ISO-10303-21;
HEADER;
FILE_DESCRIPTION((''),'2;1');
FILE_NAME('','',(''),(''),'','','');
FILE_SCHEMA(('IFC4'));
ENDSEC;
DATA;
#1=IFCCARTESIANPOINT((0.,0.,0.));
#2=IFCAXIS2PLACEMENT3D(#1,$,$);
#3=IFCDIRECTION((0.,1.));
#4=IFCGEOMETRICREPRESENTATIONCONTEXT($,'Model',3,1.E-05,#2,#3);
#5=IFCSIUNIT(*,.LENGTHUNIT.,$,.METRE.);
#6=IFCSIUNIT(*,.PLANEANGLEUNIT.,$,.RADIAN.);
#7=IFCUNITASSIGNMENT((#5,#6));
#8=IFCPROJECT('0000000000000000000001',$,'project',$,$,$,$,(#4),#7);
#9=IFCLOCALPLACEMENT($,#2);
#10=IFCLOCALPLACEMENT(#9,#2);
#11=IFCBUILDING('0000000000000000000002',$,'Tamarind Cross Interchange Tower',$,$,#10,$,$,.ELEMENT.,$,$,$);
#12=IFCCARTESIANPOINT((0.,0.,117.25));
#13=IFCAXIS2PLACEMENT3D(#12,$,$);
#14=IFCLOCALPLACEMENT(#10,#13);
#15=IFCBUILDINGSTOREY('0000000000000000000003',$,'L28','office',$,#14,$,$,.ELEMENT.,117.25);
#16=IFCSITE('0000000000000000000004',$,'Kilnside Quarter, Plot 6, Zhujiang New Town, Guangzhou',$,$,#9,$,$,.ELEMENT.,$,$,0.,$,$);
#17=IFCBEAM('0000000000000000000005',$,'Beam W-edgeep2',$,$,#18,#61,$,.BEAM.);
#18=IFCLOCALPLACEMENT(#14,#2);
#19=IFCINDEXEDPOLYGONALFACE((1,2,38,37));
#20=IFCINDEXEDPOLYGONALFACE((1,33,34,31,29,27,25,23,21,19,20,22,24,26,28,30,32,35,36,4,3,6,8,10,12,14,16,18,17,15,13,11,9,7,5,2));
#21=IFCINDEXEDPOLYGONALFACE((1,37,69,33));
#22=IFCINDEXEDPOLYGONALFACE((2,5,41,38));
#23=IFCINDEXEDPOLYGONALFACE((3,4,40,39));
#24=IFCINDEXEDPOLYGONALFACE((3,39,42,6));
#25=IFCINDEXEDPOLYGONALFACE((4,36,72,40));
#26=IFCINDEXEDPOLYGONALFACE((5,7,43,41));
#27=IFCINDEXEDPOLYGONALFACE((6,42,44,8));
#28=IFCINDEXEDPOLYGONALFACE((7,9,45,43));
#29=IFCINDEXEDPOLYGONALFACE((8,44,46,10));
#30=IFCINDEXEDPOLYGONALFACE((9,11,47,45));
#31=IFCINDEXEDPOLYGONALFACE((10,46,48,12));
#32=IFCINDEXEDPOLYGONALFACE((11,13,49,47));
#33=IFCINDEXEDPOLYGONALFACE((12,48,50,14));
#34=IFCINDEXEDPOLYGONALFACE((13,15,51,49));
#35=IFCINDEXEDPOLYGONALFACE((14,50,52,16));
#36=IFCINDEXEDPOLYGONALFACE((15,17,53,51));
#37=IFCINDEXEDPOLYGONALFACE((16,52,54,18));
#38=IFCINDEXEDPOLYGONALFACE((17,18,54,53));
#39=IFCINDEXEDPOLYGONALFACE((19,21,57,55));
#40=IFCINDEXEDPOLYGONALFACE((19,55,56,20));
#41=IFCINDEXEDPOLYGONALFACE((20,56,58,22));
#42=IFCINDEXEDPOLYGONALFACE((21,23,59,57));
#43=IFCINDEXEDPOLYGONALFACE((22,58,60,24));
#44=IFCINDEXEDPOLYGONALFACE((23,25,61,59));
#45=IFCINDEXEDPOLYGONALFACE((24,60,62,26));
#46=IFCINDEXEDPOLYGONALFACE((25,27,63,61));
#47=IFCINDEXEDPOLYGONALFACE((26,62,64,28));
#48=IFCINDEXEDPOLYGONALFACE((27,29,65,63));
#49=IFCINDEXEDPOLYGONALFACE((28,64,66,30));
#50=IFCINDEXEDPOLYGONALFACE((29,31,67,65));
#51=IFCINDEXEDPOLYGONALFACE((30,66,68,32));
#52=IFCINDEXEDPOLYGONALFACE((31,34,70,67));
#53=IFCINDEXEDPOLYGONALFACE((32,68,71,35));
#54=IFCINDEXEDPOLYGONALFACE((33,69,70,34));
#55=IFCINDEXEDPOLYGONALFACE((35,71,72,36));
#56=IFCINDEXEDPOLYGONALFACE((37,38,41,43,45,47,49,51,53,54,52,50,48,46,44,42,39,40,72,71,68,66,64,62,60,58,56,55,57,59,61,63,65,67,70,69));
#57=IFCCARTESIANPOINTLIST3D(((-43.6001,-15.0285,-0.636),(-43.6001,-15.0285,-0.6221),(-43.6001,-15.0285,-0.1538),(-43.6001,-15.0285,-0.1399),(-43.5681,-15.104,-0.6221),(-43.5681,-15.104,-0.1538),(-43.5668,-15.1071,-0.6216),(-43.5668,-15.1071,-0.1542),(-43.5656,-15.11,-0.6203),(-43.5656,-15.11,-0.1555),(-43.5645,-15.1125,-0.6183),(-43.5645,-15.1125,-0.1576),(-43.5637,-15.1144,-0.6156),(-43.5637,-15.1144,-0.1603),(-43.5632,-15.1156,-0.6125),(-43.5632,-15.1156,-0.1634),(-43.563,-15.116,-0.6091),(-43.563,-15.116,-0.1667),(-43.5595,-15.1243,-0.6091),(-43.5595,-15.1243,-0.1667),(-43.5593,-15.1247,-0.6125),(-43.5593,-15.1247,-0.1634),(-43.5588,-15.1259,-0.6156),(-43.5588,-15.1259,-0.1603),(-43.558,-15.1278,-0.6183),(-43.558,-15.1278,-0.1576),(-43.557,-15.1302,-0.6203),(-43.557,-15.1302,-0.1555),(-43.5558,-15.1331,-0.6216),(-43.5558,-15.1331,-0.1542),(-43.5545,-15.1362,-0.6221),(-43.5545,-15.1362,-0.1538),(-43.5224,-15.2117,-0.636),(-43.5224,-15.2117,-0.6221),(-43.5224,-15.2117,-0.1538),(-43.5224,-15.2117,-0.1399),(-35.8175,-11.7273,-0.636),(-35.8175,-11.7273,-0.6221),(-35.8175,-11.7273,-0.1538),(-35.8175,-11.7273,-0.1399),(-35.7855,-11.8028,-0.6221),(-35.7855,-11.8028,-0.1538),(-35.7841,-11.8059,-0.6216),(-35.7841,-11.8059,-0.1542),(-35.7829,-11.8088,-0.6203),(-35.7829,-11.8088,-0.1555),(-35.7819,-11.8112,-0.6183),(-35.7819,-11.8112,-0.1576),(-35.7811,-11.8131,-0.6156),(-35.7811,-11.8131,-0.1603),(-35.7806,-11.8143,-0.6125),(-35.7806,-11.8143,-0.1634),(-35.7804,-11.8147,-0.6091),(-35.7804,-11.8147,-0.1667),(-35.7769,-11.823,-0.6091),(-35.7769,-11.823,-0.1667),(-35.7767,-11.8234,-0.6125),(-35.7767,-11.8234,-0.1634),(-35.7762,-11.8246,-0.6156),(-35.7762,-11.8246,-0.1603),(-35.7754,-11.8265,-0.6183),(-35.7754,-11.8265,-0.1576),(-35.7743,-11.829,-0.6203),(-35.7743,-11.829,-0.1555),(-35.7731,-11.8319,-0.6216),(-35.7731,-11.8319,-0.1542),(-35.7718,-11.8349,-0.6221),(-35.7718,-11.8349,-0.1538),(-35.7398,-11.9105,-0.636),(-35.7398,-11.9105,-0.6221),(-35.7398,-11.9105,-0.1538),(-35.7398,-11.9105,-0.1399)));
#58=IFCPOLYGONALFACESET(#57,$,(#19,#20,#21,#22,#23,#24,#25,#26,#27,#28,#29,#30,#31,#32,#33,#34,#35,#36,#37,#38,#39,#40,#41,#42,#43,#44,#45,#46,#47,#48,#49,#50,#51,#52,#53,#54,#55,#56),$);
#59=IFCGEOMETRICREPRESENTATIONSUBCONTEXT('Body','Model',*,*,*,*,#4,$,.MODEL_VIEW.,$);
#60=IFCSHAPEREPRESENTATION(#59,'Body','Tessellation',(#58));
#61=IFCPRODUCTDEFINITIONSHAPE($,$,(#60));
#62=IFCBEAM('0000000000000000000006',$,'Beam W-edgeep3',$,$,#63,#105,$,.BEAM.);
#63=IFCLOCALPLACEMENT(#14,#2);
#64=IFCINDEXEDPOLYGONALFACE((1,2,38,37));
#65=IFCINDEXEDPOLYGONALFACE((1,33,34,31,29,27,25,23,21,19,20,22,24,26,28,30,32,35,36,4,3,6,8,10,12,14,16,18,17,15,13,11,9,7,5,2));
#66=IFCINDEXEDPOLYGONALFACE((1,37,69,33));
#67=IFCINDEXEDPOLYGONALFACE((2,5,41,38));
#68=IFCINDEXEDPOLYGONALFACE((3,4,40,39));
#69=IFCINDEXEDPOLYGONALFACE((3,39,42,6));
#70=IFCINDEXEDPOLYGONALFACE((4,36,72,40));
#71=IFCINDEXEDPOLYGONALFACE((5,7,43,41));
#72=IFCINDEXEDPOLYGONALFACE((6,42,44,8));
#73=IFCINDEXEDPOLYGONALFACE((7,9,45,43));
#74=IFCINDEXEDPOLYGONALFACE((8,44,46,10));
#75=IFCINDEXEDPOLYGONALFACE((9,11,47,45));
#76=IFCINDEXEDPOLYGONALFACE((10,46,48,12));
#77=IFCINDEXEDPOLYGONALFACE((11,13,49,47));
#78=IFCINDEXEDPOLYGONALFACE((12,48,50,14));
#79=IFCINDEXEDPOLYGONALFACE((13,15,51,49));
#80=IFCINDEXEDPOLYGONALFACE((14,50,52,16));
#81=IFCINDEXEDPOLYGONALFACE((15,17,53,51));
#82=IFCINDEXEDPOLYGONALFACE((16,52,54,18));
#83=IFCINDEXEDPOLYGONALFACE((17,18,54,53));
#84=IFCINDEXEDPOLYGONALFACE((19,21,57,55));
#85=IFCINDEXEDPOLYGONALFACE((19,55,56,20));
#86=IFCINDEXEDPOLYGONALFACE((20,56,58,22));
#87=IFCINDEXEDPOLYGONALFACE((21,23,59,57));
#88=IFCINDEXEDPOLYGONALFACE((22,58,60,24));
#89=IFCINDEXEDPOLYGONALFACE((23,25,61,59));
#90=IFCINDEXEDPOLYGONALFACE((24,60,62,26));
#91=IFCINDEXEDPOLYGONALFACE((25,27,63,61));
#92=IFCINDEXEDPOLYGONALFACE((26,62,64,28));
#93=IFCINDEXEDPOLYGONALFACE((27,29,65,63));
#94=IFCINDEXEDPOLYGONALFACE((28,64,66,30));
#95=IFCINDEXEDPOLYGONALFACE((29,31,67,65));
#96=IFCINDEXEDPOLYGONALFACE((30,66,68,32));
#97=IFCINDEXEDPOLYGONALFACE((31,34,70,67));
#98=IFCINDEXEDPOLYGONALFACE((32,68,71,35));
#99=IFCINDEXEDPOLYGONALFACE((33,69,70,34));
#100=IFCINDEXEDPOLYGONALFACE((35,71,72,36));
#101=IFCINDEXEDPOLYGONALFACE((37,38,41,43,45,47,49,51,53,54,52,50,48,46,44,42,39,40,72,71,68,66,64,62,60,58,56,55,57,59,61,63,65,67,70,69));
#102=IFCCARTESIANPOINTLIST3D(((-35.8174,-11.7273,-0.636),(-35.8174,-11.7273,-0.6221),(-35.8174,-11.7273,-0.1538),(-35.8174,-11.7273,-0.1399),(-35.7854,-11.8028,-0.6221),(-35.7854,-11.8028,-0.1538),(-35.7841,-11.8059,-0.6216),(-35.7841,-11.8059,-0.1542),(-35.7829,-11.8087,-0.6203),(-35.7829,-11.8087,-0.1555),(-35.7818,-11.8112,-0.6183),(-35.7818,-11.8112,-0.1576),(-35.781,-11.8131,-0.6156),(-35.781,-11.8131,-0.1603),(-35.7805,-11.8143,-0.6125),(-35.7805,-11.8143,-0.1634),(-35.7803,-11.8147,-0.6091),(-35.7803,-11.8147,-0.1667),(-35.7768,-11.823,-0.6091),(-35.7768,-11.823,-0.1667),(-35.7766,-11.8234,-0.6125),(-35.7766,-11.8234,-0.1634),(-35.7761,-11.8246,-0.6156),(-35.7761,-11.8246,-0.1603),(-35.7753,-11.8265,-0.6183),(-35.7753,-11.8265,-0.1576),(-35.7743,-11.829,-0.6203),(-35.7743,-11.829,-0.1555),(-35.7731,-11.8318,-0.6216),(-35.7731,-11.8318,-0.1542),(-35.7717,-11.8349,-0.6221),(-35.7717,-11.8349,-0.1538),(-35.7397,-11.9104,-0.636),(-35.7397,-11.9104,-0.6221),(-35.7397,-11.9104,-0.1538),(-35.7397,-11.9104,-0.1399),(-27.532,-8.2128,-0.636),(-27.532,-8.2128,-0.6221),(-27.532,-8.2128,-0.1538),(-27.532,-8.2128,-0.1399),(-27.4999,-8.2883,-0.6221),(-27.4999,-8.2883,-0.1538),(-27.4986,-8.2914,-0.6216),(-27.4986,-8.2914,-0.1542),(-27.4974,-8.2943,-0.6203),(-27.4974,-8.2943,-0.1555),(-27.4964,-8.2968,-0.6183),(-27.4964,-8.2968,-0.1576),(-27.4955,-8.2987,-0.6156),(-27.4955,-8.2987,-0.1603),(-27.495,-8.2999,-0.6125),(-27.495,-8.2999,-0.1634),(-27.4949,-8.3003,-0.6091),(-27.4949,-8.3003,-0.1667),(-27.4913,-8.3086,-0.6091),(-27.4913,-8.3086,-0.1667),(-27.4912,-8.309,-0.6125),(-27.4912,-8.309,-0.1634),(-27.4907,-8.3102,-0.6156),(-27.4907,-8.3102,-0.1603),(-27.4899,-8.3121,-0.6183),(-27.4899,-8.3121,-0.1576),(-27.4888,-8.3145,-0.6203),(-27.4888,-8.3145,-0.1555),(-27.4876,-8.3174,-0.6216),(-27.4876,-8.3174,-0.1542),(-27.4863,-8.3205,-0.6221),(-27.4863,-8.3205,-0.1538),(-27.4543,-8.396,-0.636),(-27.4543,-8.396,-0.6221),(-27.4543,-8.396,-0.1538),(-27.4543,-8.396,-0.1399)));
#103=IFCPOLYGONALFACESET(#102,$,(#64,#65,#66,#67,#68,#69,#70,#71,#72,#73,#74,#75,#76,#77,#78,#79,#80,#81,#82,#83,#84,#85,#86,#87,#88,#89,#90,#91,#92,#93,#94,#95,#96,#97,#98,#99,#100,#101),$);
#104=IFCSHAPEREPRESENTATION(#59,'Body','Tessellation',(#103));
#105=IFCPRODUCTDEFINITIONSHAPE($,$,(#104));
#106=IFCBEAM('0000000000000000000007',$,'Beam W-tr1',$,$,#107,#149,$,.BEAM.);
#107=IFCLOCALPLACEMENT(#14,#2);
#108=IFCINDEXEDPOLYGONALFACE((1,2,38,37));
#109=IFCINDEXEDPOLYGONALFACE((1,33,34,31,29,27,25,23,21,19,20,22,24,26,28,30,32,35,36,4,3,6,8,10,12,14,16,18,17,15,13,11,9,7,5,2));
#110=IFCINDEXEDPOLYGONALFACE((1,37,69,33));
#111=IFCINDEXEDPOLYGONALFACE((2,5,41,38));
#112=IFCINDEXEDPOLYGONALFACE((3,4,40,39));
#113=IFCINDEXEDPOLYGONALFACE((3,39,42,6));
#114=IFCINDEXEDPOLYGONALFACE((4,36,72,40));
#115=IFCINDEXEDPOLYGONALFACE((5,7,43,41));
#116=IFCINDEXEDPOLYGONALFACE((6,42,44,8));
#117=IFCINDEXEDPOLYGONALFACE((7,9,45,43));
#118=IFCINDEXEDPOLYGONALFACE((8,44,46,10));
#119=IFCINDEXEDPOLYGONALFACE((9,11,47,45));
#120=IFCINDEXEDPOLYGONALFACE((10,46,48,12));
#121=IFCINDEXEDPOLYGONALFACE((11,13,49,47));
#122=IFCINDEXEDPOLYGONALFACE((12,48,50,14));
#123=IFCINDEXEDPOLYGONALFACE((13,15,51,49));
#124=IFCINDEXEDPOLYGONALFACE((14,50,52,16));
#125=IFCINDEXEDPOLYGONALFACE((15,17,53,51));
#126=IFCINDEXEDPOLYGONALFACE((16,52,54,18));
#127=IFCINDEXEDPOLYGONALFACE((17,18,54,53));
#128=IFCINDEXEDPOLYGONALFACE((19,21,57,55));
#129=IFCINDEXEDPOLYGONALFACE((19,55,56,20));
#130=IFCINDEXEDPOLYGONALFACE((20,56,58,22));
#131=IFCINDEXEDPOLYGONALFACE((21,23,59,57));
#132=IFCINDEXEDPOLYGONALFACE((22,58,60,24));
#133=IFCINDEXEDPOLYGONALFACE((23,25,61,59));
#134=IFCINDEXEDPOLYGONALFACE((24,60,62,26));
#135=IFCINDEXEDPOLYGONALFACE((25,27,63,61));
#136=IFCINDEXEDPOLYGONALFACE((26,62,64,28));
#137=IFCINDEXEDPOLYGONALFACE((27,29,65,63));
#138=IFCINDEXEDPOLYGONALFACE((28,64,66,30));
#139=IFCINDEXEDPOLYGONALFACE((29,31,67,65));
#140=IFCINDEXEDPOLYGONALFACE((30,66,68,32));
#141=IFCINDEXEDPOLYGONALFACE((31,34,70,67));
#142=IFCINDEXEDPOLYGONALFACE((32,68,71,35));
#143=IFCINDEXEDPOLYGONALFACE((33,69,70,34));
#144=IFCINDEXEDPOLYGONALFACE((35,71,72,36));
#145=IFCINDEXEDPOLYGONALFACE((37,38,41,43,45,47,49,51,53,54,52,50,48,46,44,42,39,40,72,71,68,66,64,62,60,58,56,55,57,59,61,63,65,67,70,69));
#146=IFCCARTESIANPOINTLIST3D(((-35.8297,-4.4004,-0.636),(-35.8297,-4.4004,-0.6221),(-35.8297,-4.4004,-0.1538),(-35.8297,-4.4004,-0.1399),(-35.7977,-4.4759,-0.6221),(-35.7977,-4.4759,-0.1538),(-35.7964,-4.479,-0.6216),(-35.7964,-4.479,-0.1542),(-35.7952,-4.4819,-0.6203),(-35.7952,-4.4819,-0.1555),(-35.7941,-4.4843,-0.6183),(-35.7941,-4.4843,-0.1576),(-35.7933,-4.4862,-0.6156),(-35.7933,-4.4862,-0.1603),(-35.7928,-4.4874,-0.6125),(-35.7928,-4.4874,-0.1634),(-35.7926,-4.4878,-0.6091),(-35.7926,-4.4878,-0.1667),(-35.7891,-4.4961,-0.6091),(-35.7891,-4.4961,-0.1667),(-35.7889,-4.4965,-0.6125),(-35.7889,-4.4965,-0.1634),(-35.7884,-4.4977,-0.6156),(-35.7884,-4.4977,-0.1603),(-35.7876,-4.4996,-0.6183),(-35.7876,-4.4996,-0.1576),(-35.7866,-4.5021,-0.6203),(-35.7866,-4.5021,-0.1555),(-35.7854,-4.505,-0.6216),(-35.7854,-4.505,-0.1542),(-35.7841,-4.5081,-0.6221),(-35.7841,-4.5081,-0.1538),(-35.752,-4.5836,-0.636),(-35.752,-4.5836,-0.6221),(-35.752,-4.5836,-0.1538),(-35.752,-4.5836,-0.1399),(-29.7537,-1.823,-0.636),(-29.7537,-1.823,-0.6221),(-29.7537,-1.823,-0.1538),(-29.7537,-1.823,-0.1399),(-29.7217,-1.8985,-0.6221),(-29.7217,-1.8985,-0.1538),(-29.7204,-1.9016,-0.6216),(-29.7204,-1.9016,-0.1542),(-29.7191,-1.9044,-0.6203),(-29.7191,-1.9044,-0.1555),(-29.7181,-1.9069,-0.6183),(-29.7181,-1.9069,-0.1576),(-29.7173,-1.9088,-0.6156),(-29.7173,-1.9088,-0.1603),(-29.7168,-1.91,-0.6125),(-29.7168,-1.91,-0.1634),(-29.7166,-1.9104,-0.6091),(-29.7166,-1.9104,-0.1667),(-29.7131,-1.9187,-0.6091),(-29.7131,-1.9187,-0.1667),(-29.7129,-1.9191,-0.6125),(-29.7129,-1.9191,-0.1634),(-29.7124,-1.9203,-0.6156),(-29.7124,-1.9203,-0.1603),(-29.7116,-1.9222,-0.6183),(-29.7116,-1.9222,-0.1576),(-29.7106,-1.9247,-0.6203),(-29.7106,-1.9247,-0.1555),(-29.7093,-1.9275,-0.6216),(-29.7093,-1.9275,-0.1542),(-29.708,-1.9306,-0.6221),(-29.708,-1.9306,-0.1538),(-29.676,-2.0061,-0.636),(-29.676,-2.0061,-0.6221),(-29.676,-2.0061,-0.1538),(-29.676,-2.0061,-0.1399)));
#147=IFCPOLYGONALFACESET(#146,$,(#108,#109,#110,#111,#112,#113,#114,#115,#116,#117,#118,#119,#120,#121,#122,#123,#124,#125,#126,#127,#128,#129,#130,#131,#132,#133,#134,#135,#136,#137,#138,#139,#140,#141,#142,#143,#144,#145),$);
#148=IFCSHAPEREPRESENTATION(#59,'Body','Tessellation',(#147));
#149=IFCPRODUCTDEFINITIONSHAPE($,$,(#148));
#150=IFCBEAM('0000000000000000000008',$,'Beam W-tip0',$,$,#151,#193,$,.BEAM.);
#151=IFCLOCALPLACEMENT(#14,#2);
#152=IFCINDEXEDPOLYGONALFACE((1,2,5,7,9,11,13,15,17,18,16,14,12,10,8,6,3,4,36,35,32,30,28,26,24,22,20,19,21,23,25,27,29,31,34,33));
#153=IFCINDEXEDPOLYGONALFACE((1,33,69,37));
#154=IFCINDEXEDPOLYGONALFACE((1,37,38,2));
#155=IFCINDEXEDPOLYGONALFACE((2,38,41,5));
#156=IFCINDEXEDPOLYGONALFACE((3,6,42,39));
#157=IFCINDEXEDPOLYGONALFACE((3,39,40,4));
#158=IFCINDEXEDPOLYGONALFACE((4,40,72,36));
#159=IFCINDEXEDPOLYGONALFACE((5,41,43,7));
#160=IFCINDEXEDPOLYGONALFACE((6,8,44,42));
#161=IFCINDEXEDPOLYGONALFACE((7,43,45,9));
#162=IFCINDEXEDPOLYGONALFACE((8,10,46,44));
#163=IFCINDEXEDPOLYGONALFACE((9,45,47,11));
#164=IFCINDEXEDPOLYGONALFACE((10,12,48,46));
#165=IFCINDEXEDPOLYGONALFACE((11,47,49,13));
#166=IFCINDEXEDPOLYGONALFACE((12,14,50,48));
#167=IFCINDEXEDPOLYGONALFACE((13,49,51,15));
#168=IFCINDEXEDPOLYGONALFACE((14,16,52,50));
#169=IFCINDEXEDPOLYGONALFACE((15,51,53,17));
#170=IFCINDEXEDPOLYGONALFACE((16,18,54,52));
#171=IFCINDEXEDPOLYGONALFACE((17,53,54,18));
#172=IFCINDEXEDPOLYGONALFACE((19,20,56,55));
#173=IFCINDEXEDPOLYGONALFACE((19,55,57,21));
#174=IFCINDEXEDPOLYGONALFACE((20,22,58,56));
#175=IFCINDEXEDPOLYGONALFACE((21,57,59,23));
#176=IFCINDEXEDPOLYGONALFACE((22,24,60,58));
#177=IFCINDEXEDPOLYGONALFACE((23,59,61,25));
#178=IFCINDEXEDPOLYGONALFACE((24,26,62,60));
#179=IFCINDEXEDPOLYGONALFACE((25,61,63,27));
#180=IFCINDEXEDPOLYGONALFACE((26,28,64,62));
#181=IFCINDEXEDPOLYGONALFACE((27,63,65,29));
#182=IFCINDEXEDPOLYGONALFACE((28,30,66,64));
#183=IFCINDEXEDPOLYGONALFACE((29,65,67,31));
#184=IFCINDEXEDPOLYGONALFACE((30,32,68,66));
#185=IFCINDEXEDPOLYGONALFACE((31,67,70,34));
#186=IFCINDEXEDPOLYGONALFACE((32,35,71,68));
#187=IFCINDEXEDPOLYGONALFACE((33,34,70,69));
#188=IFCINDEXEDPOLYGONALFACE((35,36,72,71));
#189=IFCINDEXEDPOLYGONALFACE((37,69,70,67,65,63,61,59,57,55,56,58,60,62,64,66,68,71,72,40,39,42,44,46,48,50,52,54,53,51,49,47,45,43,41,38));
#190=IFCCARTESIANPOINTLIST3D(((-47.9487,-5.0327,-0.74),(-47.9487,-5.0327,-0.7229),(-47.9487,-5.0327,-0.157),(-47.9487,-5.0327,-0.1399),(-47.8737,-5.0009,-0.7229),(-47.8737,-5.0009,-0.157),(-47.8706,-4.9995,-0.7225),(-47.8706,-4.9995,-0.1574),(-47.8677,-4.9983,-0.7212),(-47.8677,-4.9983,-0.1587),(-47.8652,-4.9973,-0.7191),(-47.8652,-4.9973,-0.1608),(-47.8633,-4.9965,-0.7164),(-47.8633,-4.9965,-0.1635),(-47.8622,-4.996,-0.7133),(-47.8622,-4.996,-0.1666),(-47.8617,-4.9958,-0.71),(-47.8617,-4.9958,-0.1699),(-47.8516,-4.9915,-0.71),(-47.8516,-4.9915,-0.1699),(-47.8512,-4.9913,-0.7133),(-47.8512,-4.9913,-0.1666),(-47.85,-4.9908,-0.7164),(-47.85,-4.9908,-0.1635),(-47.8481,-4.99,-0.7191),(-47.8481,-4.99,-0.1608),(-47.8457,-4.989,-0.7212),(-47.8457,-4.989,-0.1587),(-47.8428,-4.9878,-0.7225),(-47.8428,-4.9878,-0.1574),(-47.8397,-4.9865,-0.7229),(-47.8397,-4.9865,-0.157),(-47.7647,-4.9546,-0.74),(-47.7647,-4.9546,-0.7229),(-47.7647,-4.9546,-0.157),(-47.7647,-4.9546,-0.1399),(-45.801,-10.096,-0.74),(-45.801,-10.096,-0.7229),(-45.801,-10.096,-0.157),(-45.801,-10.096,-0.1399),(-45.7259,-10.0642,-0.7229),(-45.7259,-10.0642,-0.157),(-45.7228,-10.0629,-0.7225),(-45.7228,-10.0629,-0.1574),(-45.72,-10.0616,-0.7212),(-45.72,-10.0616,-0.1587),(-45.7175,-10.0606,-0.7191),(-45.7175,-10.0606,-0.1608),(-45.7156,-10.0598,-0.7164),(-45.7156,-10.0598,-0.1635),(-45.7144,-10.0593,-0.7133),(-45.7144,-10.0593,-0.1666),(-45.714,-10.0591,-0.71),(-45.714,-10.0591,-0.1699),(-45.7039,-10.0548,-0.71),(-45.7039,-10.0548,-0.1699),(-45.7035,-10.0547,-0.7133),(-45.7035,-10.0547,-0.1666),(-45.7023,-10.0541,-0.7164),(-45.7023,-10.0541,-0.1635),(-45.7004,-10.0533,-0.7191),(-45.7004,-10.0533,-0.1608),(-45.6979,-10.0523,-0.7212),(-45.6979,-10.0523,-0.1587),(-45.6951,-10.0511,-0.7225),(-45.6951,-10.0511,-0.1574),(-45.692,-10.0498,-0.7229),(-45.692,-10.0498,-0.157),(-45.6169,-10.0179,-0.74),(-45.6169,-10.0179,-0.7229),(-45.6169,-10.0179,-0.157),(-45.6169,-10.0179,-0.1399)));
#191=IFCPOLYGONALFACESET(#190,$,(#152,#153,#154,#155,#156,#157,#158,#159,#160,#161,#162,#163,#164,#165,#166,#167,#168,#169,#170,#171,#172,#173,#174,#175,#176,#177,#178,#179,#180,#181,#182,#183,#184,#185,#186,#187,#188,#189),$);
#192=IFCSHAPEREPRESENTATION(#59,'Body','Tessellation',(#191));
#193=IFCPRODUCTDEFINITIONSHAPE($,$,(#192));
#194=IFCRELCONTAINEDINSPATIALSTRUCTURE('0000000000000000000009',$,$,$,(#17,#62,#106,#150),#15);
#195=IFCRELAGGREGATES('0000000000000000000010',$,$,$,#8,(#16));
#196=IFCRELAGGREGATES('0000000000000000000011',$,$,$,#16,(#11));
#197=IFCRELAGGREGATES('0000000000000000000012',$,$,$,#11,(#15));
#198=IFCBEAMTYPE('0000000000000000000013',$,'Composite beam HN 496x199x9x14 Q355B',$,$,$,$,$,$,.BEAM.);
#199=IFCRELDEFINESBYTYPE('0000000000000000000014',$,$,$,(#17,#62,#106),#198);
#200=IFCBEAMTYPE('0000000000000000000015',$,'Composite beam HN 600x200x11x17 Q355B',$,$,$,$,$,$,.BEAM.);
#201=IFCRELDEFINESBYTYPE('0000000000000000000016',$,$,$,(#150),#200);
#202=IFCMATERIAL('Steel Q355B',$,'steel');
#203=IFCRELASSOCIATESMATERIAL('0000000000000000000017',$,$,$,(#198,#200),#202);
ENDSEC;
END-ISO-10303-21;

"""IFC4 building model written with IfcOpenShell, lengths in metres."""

from ifc_helpers import new_model, si_unit, direction, frame, origin, origin_2d, place, context, subcontext, project, spatial, i_section, extrude, material, material_profile, profile_set, type_object, element, save


model = new_model("IFC4")

# Units and contexts
model_context = context("Model", 3, precision=1e-05, world=origin(), true_north=direction((0.0, 1.0)))
body_context = subcontext(model_context, "Body", "Model", "MODEL_VIEW")
ifc_project = project(units=[si_unit("LENGTHUNIT", "METRE"), si_unit("PLANEANGLEUNIT", "RADIAN")], contexts=[model_context])

# Site, building, storey
site_placement = place(None, origin())
site = spatial("IfcSite", under=ifc_project, at=site_placement, Name="Kilnside Quarter, Plot 6, Zhujiang New Town, Guangzhou", CompositionType="ELEMENT", RefElevation=0.0)
building_placement = place(site_placement, origin())
building = spatial("IfcBuilding", under=site, at=building_placement, Name="Tamarind Cross Interchange Tower", CompositionType="ELEMENT")
storey_placement = place(building_placement, frame((0.0, 0.0, 117.25)))
storey = spatial("IfcBuildingStorey", under=building, at=storey_placement, Name="L28", Description="office", CompositionType="ELEMENT", Elevation=117.25)

# Beams
ifc_material_1 = material(Name="Steel Q355B", Category="steel")
ifc_material_profile_1 = material_profile(ifc_material_1, i_section(OverallWidth=0.199, OverallDepth=0.4961, WebThickness=0.009, FlangeThickness=0.0139, FilletRadius=0.0129, at=origin_2d()), Name="HN 496x199x9x14")
ifc_profile_set_1 = profile_set([ifc_material_profile_1], Name="Steel Q355B")
beam_type_1 = type_object("IfcBeamType", Name="Composite beam HN 496x199x9x14 Q355B", PredefinedType="BEAM", material=ifc_profile_set_1)
beam_1_placement = place(storey_placement, frame((-43.5613, -15.1201, -0.3879), z_axis=(0.920603, 0.390501, 0.0), x_axis=(-0.390501, 0.920603, 0.0)))
element("IfcBeam", 1, at=beam_1_placement, inside=storey, type_object=beam_type_1, Name="Beam W-edgeep2", PredefinedType="BEAM", context=body_context, shape_type="SweptSolid", body=[
    extrude(i_section(OverallWidth=0.199, OverallDepth=0.4961, WebThickness=0.009, FlangeThickness=0.0139, FilletRadius=0.0129, at=origin_2d()), origin(), (0.0, 0.0, 1.0), 8.4539),
])
beam_2_placement = place(storey_placement, frame((-35.7786, -11.8188, -0.3879), z_axis=(0.920606, 0.390492, 0.0), x_axis=(-0.390492, 0.920606, 0.0)))
element("IfcBeam", 2, at=beam_2_placement, inside=storey, type_object=beam_type_1, Name="Beam W-edgeep3", PredefinedType="BEAM", context=body_context, shape_type="SweptSolid", body=[
    extrude(i_section(OverallWidth=0.199, OverallDepth=0.4961, WebThickness=0.009, FlangeThickness=0.0139, FilletRadius=0.0129, at=origin_2d()), origin(), (0.0, 0.0, 1.0), 9.0),
])
beam_3_placement = place(storey_placement, frame((-29.7148, -1.9146, -0.3879), z_axis=(-0.920597, -0.390515, 0.0), x_axis=(0.390515, -0.920597, 0.0)))
element("IfcBeam", 3, at=beam_3_placement, inside=storey, type_object=beam_type_1, Name="Beam W-tr1", PredefinedType="BEAM", context=body_context, shape_type="SweptSolid", body=[
    extrude(i_section(OverallWidth=0.199, OverallDepth=0.4961, WebThickness=0.009, FlangeThickness=0.0139, FilletRadius=0.0129, at=origin_2d()), origin(), (0.0, 0.0, 1.0), 6.6001),
])
ifc_material_profile_2 = material_profile(ifc_material_1, i_section(OverallWidth=0.2, OverallDepth=0.6001, WebThickness=0.011, FlangeThickness=0.0171, FilletRadius=0.0129, at=origin_2d()), Name="HN 600x200x11x17")
ifc_profile_set_2 = profile_set([ifc_material_profile_2], Name="Steel Q355B")
beam_type_2 = type_object("IfcBeamType", Name="Composite beam HN 600x200x11x17 Q355B", PredefinedType="BEAM", material=ifc_profile_set_2)
for number, where, z_axis, x_axis, name in (
    (4, (-47.8567, -4.9937, -0.4399), (0.390499, -0.920604, 0.0), (0.920604, 0.390499, 0.0), "Beam W-tip0"),
):
    element("IfcBeam", number, at=place(storey_placement, frame(where, z_axis=z_axis, x_axis=x_axis)), inside=storey, type_object=beam_type_2, Name=name, PredefinedType="BEAM", context=body_context, shape_type="SweptSolid", body=[
        extrude(i_section(OverallWidth=0.2, OverallDepth=0.6001, WebThickness=0.011, FlangeThickness=0.0171, FilletRadius=0.0129, at=origin_2d()), origin(), (0.0, 0.0, 1.0), 5.5),
    ])

save(model, "model.ifc")
